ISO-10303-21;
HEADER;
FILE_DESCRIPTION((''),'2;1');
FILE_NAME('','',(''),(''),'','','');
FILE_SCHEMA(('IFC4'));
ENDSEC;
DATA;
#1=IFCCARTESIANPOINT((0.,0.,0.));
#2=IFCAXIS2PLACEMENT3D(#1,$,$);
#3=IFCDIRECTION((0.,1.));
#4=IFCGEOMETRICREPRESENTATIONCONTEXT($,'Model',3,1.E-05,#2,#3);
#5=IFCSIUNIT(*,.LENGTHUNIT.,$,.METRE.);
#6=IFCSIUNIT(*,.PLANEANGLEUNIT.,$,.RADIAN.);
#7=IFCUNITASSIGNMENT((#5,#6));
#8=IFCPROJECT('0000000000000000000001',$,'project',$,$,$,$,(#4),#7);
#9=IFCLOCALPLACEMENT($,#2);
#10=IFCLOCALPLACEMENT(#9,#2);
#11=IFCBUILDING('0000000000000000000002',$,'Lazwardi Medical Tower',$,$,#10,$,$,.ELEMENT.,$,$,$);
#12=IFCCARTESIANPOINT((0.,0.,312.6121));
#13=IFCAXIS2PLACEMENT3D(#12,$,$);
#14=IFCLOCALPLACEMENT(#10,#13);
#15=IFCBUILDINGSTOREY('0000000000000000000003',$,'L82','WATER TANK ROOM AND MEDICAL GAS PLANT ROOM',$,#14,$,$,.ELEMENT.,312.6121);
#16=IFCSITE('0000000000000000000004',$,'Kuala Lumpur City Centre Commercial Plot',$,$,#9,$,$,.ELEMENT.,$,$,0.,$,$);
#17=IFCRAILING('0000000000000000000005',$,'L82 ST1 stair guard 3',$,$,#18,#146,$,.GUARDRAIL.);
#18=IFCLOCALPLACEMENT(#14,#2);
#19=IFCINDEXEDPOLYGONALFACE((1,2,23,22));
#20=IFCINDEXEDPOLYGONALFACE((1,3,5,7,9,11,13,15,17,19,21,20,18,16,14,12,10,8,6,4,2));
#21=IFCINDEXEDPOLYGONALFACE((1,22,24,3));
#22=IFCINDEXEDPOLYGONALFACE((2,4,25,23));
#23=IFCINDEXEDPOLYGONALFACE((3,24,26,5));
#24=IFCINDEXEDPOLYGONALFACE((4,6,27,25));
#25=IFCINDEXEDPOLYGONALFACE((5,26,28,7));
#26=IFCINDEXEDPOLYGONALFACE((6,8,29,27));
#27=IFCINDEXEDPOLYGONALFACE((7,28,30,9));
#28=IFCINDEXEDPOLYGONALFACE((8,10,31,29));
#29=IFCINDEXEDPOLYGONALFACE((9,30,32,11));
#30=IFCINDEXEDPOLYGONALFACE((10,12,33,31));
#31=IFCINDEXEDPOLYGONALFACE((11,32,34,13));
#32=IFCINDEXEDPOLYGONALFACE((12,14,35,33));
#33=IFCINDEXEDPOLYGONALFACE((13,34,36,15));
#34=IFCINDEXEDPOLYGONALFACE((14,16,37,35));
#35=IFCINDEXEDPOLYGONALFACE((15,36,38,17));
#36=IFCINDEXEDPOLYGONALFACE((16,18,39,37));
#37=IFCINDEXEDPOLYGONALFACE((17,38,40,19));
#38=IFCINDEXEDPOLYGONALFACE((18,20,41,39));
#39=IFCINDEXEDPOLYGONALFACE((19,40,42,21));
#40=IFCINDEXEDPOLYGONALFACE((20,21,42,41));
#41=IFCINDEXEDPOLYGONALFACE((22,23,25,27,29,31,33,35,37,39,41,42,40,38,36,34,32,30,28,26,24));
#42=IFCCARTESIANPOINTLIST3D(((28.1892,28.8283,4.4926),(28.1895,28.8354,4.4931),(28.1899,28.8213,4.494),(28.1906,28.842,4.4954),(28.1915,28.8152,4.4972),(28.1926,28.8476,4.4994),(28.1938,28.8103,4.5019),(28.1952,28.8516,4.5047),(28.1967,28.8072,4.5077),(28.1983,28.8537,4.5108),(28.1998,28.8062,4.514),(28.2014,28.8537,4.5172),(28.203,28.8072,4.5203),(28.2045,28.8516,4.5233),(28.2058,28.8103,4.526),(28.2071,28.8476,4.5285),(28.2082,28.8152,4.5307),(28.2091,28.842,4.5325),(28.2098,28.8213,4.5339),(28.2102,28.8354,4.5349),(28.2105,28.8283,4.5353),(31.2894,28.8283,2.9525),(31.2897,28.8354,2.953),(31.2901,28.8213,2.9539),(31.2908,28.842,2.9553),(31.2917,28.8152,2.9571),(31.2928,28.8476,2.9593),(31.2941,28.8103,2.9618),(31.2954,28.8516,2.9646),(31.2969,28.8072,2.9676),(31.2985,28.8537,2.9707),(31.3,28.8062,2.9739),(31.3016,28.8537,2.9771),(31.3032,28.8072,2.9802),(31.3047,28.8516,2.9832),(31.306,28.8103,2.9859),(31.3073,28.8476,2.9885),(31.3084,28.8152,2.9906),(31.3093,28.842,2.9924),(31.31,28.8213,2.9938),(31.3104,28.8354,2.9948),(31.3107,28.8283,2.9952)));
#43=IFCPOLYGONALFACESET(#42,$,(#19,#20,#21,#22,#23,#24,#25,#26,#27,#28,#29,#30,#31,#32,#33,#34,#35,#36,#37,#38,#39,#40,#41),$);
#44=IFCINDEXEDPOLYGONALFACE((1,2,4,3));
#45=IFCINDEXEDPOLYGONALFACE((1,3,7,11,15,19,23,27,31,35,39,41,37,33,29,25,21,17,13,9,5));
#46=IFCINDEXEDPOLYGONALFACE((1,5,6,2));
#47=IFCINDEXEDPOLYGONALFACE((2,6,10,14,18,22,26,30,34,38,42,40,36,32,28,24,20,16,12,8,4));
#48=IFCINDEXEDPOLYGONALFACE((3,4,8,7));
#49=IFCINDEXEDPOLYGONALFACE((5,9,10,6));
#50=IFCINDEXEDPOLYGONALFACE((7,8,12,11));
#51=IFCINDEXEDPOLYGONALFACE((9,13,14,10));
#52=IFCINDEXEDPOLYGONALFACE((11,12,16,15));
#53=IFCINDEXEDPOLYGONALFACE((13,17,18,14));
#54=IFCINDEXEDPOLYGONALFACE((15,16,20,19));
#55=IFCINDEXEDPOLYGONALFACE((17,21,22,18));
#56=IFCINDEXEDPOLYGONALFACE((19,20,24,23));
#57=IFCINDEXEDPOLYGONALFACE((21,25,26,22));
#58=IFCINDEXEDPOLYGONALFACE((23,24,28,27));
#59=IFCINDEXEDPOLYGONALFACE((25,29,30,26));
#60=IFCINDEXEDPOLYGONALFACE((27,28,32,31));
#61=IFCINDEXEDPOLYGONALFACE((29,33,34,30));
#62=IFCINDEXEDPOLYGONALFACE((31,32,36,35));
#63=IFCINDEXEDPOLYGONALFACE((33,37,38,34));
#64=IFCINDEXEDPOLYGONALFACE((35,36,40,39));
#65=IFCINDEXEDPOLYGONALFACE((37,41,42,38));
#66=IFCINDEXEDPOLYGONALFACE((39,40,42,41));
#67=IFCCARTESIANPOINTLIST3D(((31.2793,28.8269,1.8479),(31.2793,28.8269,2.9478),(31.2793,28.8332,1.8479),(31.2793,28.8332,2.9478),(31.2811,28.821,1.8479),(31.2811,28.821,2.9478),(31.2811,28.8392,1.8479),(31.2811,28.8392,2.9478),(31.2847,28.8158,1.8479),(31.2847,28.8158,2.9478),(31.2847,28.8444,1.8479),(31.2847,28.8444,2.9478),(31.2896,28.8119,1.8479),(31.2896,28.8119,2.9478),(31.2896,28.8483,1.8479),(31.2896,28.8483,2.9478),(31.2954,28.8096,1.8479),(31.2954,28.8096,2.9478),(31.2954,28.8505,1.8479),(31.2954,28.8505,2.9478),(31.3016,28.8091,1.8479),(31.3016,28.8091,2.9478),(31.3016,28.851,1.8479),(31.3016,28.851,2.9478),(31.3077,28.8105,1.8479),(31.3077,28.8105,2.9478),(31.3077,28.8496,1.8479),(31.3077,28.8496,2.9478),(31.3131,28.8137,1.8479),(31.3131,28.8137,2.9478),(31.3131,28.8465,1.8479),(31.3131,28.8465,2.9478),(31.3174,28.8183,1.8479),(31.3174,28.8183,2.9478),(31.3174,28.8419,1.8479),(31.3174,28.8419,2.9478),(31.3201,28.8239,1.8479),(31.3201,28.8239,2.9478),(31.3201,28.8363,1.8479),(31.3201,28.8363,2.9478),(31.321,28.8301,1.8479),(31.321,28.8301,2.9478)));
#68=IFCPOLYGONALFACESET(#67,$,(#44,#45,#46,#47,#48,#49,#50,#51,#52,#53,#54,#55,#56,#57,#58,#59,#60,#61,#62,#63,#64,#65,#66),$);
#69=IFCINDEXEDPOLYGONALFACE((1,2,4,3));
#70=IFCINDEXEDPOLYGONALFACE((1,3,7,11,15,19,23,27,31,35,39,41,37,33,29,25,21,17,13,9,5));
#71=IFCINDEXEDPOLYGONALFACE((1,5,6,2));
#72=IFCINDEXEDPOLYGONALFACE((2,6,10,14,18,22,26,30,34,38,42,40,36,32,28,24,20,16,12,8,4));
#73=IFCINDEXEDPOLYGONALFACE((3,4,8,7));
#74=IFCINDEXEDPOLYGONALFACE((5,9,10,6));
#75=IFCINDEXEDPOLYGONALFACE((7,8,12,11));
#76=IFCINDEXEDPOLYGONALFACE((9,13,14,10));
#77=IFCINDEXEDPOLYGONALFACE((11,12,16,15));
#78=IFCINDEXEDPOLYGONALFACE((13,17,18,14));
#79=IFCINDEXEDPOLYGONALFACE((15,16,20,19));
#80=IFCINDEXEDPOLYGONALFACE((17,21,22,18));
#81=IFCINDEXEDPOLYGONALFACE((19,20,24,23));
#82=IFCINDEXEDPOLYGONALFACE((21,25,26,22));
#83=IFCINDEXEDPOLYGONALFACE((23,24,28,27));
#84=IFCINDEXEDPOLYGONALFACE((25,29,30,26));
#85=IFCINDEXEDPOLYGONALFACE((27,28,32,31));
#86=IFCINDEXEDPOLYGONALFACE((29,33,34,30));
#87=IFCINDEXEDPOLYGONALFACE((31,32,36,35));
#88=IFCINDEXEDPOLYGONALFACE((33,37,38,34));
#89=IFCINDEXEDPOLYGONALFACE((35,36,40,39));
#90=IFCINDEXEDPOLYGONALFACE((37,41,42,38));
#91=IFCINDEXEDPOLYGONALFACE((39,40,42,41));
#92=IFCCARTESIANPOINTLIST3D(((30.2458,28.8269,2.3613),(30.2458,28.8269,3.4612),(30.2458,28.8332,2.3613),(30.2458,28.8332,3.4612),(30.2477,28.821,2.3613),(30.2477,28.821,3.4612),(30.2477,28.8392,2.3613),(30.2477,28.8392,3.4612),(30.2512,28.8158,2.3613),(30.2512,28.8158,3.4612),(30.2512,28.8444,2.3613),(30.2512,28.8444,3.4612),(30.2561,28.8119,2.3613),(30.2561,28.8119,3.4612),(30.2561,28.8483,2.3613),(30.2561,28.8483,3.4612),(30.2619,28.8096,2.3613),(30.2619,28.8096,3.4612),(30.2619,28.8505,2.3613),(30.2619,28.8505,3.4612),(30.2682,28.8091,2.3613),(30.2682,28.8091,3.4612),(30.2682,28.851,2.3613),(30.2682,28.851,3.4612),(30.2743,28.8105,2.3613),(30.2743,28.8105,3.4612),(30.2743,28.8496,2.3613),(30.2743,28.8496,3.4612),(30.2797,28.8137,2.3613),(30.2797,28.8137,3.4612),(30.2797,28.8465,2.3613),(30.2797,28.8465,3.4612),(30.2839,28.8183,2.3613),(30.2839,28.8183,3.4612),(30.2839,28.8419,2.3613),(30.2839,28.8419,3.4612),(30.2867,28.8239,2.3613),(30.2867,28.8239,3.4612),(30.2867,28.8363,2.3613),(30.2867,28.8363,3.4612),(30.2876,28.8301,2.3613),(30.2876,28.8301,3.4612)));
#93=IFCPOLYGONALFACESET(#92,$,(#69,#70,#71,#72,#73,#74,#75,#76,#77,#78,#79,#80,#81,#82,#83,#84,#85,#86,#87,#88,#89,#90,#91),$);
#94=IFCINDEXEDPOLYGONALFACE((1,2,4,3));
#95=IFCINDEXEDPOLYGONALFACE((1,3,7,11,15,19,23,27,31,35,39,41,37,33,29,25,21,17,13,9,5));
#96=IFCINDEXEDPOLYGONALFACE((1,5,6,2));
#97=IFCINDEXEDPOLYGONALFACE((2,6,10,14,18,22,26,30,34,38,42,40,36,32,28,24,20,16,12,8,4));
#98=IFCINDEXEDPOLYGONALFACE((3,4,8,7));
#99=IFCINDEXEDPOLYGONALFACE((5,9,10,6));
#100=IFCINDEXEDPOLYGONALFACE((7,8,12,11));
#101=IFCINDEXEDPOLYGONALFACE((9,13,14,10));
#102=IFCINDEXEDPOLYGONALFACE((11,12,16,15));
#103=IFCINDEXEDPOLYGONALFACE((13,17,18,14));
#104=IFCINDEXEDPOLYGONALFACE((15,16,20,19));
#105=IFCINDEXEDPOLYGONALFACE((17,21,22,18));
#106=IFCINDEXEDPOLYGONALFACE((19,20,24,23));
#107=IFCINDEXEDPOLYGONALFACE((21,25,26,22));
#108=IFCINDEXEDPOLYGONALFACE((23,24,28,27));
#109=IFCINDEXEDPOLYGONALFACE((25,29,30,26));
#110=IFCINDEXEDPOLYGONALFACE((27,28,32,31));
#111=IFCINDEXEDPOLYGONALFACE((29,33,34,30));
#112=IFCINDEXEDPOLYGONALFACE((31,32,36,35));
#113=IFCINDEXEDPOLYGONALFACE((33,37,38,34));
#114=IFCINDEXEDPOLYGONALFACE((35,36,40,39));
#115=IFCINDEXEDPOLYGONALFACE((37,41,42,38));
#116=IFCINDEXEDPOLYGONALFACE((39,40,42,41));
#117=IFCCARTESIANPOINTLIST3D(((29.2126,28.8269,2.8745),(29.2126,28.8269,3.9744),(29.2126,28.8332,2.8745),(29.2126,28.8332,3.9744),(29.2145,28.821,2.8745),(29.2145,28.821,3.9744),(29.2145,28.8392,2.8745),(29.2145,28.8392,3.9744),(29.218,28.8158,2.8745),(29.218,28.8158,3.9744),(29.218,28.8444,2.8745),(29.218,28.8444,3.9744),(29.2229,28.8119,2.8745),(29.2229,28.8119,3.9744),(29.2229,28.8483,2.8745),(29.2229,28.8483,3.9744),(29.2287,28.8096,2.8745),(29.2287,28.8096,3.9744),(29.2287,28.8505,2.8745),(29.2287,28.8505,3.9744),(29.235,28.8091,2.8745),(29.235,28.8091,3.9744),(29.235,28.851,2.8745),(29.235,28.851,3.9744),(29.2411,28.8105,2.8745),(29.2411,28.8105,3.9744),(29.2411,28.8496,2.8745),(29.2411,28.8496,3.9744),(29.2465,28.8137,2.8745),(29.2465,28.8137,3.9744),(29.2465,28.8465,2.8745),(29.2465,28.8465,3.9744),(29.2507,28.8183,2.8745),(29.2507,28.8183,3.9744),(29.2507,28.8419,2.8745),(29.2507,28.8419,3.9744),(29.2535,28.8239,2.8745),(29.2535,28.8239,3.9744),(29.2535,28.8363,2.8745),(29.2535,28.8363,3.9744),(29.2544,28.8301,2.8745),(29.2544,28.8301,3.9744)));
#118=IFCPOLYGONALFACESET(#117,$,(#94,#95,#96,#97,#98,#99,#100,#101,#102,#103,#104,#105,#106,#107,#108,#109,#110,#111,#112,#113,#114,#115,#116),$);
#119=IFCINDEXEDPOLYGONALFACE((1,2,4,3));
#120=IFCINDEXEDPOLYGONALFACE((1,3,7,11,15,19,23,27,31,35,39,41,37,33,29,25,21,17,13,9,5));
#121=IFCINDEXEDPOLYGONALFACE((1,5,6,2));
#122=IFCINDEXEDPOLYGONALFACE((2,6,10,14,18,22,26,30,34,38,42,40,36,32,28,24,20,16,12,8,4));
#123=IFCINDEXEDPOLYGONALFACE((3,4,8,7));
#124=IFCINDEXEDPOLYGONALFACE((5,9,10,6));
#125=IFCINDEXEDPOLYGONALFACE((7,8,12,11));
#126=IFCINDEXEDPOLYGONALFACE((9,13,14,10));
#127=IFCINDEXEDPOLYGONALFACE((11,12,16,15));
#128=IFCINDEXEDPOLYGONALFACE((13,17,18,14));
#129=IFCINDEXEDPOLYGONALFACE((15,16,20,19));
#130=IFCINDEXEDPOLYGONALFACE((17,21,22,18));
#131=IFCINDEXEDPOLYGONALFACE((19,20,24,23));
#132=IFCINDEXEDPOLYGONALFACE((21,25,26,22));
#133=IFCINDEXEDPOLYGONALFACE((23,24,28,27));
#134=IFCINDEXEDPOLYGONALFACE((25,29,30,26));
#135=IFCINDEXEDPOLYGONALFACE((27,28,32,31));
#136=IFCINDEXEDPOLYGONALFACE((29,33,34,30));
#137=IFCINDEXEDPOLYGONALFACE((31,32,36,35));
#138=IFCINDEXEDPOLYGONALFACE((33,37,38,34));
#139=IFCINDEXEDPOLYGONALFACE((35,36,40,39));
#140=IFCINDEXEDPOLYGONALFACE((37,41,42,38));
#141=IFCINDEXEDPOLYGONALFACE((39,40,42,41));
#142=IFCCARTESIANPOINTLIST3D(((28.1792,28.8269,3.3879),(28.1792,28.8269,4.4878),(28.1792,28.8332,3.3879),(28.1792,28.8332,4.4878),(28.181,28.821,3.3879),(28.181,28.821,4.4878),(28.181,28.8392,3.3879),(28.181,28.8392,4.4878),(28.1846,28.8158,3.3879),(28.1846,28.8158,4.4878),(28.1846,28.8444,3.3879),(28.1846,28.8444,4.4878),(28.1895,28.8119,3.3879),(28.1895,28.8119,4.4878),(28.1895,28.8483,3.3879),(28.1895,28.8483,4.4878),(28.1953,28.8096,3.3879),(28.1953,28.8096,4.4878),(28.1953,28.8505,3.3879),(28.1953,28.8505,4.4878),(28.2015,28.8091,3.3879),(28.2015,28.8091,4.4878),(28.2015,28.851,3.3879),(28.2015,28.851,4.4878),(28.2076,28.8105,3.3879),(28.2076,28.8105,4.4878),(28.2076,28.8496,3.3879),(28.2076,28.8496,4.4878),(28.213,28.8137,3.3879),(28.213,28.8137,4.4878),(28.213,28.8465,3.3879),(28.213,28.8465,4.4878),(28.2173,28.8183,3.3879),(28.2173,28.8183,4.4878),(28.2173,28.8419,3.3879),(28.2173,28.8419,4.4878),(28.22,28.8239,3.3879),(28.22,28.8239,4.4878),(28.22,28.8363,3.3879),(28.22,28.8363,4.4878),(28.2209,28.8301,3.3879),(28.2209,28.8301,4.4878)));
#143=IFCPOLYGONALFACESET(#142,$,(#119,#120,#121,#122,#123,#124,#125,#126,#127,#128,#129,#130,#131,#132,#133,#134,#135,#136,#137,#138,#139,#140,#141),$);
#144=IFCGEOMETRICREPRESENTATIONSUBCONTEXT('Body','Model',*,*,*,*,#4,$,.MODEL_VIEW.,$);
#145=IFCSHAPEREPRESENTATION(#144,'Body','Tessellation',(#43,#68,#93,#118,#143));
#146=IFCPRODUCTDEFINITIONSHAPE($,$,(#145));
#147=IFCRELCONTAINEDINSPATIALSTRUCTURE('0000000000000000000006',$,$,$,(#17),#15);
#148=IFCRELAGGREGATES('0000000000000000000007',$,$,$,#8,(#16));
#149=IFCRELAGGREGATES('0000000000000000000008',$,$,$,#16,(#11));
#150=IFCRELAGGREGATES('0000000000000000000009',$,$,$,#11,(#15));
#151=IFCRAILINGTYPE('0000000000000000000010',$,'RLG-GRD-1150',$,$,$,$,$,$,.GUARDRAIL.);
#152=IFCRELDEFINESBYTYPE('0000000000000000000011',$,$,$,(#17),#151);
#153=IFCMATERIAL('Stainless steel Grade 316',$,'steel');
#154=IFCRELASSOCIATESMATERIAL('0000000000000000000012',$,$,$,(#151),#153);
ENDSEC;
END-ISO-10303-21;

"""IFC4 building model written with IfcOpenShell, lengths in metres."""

from ifc_helpers import new_model, si_unit, direction, frame, origin, origin_2d, place, context, subcontext, project, spatial, circle, extrude, material, type_object, element, save


model = new_model("IFC4")

# Units and contexts
model_context = context("Model", 3, precision=1e-05, world=origin(), true_north=direction((0.0, 1.0)))
body_context = subcontext(model_context, "Body", "Model", "MODEL_VIEW")
ifc_project = project(units=[si_unit("LENGTHUNIT", "METRE"), si_unit("PLANEANGLEUNIT", "RADIAN")], contexts=[model_context])

# Site, building, storey
site_placement = place(None, origin())
site = spatial("IfcSite", under=ifc_project, at=site_placement, Name="Kuala Lumpur City Centre Commercial Plot", CompositionType="ELEMENT", RefElevation=0.0)
building_placement = place(site_placement, origin())
building = spatial("IfcBuilding", under=site, at=building_placement, Name="Lazwardi Medical Tower", CompositionType="ELEMENT")
storey_placement = place(building_placement, frame((0.0, 0.0, 312.6121)))
storey = spatial("IfcBuildingStorey", under=building, at=storey_placement, Name="L82", Description="WATER TANK ROOM AND MEDICAL GAS PLANT ROOM", CompositionType="ELEMENT", Elevation=312.6121)

# Railing
ifc_material_1 = material(Name="Stainless steel Grade 316", Category="steel")
railing_type_1 = type_object("IfcRailingType", Name="RLG-GRD-1150", PredefinedType="GUARDRAIL", material=ifc_material_1)
railing_1_placement = place(storey_placement, frame((31.3, 28.8301, 1.8479)))
element("IfcRailing", 1, at=railing_1_placement, inside=storey, type_object=railing_type_1, Name="L82 ST1 stair guard 3", PredefinedType="GUARDRAIL", context=body_context, shape_type="SweptSolid", body=[
    extrude(circle(Radius=0.0239, at=origin_2d()), frame((0.0, 0.0, 1.126), z_axis=(-0.895581, 0.0, 0.444899), x_axis=(0.0, -1.0, 0.0)), (0.0, 0.0, 1.0), 3.4617),
    extrude(circle(Radius=0.021, at=origin_2d()), origin(), (0.0, 0.0, 1.0), 1.0999),
    extrude(circle(Radius=0.021, at=origin_2d()), frame((-1.0334, 0.0, 0.5134)), (0.0, 0.0, 1.0), 1.0999),
    extrude(circle(Radius=0.021, at=origin_2d()), frame((-2.0667, 0.0, 1.0266)), (0.0, 0.0, 1.0), 1.0999),
    extrude(circle(Radius=0.021, at=origin_2d()), frame((-3.1001, 0.0, 1.54)), (0.0, 0.0, 1.0), 1.0999),
])

save(model, "model.ifc")
